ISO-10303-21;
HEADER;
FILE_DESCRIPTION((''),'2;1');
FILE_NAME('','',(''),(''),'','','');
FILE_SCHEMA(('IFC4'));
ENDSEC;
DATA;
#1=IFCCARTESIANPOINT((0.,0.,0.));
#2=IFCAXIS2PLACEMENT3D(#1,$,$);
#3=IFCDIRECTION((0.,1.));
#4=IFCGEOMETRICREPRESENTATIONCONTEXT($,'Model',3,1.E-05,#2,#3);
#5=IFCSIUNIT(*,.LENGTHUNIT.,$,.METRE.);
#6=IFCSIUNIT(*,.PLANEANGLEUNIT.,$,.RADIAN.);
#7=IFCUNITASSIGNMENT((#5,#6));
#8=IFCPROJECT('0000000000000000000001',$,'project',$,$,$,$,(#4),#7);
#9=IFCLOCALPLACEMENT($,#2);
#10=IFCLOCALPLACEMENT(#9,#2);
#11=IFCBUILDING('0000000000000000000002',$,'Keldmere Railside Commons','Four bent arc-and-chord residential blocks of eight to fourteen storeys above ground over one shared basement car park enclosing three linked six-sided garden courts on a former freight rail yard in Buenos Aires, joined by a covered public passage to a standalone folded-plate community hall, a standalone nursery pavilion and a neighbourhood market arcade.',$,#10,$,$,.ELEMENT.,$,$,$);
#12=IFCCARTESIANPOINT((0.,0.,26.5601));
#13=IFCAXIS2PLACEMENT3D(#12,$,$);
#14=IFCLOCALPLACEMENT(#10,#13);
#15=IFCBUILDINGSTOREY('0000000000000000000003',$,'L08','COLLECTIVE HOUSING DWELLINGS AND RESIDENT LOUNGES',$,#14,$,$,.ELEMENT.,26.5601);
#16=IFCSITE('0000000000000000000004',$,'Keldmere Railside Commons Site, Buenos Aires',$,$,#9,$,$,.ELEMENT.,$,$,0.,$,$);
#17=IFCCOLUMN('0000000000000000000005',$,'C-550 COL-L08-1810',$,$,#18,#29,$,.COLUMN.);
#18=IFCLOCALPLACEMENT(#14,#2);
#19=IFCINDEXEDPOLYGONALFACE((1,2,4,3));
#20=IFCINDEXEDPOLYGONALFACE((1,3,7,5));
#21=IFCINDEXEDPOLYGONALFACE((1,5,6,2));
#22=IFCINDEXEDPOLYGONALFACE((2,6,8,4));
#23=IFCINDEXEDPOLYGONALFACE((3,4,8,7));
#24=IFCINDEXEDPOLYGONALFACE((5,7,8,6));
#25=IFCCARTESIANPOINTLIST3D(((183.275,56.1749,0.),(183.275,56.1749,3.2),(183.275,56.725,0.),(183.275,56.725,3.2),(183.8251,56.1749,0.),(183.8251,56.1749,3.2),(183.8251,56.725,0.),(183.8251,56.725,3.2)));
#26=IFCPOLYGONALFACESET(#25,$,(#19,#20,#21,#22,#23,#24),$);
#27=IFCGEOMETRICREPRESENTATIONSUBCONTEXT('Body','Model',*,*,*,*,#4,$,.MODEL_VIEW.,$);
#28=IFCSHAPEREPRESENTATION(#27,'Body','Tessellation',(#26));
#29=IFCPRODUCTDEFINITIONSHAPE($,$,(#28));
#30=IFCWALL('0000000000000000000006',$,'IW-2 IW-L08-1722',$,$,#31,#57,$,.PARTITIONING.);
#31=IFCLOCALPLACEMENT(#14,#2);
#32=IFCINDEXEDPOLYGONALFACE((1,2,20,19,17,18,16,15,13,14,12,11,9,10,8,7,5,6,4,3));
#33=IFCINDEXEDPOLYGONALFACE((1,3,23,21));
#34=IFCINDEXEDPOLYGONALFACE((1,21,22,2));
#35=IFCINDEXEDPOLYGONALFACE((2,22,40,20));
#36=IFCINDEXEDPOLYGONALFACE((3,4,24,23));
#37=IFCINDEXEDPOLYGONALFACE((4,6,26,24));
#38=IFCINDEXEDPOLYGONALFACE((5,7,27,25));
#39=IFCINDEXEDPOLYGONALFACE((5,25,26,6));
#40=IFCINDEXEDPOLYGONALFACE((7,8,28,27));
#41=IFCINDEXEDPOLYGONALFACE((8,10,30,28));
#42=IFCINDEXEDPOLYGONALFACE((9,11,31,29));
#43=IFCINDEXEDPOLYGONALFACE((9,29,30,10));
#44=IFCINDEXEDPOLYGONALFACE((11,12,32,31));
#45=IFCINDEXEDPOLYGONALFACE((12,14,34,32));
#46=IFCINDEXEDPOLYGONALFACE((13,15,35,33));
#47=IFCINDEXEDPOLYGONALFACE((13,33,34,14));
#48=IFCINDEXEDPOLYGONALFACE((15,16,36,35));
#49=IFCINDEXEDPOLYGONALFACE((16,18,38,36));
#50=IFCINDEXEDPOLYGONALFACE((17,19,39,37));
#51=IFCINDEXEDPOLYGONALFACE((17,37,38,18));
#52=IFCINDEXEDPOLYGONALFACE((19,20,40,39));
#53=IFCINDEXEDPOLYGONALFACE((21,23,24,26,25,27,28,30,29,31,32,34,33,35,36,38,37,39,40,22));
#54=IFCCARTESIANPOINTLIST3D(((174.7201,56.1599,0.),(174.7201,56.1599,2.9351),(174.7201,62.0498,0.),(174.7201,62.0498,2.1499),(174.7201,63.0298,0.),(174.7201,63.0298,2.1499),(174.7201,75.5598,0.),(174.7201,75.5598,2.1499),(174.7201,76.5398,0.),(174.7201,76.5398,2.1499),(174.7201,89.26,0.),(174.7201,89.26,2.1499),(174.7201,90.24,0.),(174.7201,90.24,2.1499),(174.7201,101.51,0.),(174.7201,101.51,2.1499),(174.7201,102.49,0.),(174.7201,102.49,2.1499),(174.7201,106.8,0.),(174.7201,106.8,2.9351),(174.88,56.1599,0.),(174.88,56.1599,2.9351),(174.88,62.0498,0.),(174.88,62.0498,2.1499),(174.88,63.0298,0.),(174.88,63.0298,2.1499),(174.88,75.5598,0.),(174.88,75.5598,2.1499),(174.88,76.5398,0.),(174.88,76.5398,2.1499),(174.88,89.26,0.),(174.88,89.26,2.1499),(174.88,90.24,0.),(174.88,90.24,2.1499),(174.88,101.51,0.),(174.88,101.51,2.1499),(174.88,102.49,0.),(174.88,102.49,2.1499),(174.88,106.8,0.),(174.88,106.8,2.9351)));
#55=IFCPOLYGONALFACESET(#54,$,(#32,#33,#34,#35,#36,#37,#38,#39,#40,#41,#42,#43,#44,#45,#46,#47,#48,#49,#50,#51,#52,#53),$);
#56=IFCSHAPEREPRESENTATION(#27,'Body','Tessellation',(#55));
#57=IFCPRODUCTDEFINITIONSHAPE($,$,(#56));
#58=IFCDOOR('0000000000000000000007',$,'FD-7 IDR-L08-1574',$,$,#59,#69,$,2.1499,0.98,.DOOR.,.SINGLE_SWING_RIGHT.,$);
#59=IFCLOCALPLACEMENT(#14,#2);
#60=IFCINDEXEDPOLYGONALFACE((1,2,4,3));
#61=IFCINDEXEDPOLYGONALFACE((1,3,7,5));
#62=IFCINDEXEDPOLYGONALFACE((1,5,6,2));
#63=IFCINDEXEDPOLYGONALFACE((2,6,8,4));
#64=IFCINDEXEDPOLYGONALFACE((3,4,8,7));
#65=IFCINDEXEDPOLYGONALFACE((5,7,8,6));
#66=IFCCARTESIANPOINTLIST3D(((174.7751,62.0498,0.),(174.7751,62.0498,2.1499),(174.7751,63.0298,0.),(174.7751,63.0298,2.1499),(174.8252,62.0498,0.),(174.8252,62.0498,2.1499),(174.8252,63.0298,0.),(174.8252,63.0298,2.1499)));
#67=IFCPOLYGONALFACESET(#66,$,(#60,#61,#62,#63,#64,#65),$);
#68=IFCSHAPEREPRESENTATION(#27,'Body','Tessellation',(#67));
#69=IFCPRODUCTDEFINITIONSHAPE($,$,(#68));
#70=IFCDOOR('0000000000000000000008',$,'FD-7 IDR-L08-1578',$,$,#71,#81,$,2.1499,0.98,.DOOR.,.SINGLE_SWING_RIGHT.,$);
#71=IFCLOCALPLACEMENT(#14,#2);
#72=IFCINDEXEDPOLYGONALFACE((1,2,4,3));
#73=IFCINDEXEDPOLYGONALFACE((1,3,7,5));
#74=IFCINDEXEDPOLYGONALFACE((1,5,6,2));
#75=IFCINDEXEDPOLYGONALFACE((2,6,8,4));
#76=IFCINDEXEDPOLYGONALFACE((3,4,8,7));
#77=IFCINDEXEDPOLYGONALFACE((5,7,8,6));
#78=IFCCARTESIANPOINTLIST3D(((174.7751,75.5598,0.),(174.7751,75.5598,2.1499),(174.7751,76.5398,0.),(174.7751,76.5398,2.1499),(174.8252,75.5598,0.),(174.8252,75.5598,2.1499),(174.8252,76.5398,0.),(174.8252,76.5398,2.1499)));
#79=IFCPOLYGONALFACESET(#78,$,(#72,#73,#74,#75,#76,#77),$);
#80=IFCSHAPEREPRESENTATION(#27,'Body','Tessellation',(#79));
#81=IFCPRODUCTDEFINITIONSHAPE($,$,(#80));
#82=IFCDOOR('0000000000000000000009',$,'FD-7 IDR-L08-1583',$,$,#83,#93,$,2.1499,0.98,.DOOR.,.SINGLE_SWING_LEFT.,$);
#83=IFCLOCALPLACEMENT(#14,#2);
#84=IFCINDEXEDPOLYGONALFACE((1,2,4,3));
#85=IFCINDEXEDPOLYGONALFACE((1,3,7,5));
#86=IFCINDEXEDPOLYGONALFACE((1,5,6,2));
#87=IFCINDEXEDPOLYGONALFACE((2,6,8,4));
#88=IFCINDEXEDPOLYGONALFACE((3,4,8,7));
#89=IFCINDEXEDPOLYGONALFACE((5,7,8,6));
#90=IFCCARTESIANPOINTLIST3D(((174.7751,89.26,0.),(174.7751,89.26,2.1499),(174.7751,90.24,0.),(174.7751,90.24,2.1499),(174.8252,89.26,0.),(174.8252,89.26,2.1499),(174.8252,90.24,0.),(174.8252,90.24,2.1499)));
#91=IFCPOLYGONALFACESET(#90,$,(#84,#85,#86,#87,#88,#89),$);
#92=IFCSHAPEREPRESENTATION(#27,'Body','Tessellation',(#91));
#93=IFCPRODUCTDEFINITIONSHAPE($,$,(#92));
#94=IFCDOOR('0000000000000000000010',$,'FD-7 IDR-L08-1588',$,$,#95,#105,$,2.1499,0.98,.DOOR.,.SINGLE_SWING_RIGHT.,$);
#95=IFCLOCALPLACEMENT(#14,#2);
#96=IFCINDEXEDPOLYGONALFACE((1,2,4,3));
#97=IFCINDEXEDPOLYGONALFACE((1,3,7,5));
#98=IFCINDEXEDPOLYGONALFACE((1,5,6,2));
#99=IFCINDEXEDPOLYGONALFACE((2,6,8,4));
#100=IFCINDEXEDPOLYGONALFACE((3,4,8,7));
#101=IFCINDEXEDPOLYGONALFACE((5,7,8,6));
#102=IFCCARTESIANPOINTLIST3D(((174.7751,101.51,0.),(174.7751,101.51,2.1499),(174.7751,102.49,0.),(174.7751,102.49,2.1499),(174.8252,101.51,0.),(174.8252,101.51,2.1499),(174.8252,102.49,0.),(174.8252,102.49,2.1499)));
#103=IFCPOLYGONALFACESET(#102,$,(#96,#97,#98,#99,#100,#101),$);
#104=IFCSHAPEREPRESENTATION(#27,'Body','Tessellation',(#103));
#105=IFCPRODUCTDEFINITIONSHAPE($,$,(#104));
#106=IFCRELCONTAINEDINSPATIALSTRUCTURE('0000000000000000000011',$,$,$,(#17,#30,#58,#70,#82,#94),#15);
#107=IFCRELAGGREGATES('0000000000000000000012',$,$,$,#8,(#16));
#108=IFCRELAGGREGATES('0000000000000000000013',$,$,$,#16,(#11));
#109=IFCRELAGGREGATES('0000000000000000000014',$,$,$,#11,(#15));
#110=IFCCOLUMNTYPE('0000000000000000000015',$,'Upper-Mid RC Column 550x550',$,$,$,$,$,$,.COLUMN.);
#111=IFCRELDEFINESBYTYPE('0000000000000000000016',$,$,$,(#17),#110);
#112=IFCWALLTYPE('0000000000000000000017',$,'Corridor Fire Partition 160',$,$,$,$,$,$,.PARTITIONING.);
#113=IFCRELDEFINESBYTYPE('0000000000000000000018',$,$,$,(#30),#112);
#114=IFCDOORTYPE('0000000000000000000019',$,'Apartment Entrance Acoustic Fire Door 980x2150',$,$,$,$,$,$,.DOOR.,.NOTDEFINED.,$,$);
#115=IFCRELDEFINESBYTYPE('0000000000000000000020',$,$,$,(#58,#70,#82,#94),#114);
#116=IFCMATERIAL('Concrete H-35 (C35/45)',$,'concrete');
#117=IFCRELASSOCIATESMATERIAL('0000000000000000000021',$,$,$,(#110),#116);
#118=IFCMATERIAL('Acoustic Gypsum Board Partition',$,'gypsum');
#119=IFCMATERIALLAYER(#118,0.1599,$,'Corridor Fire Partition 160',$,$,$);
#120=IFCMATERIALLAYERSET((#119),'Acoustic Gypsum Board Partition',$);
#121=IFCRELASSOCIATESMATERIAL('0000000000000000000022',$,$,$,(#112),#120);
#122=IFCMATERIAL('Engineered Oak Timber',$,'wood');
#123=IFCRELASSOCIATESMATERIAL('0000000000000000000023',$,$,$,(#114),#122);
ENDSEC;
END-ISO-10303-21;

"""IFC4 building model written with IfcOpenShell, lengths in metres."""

from ifc_helpers import new_model, si_unit, direction, frame, frame_2d, origin, origin_2d, place, context, subcontext, project, spatial, rectangle, extrude, material, layer, layer_set, material_profile, profile_set, type_object, element, fill, save


model = new_model("IFC4")

# Units and contexts
model_context = context("Model", 3, precision=1e-05, world=origin(), true_north=direction((0.0, 1.0)))
body_context = subcontext(model_context, "Body", "Model", "MODEL_VIEW")
ifc_project = project(units=[si_unit("LENGTHUNIT", "METRE"), si_unit("PLANEANGLEUNIT", "RADIAN")], contexts=[model_context])

# Site, building, storey
site_placement = place(None, origin())
site = spatial("IfcSite", under=ifc_project, at=site_placement, Name="Keldmere Railside Commons Site, Buenos Aires", CompositionType="ELEMENT", RefElevation=0.0)
building_placement = place(site_placement, origin())
building = spatial("IfcBuilding", under=site, at=building_placement, Name="Keldmere Railside Commons", Description="Four bent arc-and-chord residential blocks of eight to fourteen storeys above ground over one shared basement car park enclosing three linked six-sided garden courts on a former freight rail yard in Buenos Aires, joined by a covered public passage to a standalone folded-plate community hall, a standalone nursery pavilion and a neighbourhood market arcade.", CompositionType="ELEMENT")
storey_placement = place(building_placement, frame((0.0, 0.0, 26.5601)))
storey = spatial("IfcBuildingStorey", under=building, at=storey_placement, Name="L08", Description="COLLECTIVE HOUSING DWELLINGS AND RESIDENT LOUNGES", CompositionType="ELEMENT", Elevation=26.5601)

# Column
ifc_material_1 = material(Name="Concrete H-35 (C35/45)", Category="concrete")
ifc_material_profile = material_profile(ifc_material_1, rectangle(XDim=0.55, YDim=0.55, at=origin_2d()), Name="RC-550x550")
ifc_profile_set = profile_set([ifc_material_profile], Name="Concrete H-35 (C35/45)")
column_type = type_object("IfcColumnType", Name="Upper-Mid RC Column 550x550", PredefinedType="COLUMN", material=ifc_profile_set)
column_placement = place(storey_placement, frame((183.55, 56.45, 0.0), z_axis=(0.0, 0.0, 1.0), x_axis=(1.0, 0.0, 0.0)))
element("IfcColumn", 1, at=column_placement, inside=storey, type_object=column_type, Name="C-550 COL-L08-1810", PredefinedType="COLUMN", context=body_context, shape_type="SweptSolid", body=[
    extrude(rectangle(XDim=0.55, YDim=0.55, at=origin_2d()), origin(), (0.0, 0.0, 1.0), 3.2),
])

# Wall, openings, doors
ifc_material_2 = material(Name="Acoustic Gypsum Board Partition", Category="gypsum")
ifc_layer = layer(ifc_material_2, 0.1599, Name="Corridor Fire Partition 160")
ifc_layer_set = layer_set([ifc_layer], Name="Acoustic Gypsum Board Partition")
wall_type = type_object("IfcWallType", Name="Corridor Fire Partition 160", PredefinedType="PARTITIONING", material=ifc_layer_set)
wall_1_placement = place(storey_placement, frame((174.8, 56.1599, 0.0), z_axis=(0.0, 0.0, 1.0), x_axis=(0.0, 1.0, 0.0)))
wall_1 = element("IfcWall", 2, at=wall_1_placement, inside=storey, type_object=wall_type, Name="IW-2 IW-L08-1722", PredefinedType="PARTITIONING", context=body_context, shape_type="SweptSolid", body=[
    extrude(rectangle(XDim=50.6401, YDim=0.1599, at=frame_2d((25.3201, 0.0))), origin(), (0.0, 0.0, 1.0), 2.9351),
])
opening_1_placement = place(wall_1_placement, frame((5.8899, 0.0, 0.0)))
opening_1 = element("IfcOpeningElement", 3, at=opening_1_placement, cuts=wall_1, PredefinedType="OPENING", context=body_context, shape_type="SweptSolid", body=[
    extrude(rectangle(XDim=0.98, YDim=2.1499, at=frame_2d((0.49, 1.075))), frame((0.0, 0.0898, 0.0), z_axis=(0.0, -1.0, 0.0), x_axis=(1.0, 0.0, 0.0)), (0.0, 0.0, 1.0), 0.1799),
])
opening_2_placement = place(wall_1_placement, frame((19.3999, 0.0, 0.0)))
opening_2 = element("IfcOpeningElement", 4, at=opening_2_placement, cuts=wall_1, PredefinedType="OPENING", context=body_context, shape_type="SweptSolid", body=[
    extrude(rectangle(XDim=0.98, YDim=2.1499, at=frame_2d((0.49, 1.075))), frame((0.0, 0.0898, 0.0), z_axis=(0.0, -1.0, 0.0), x_axis=(1.0, 0.0, 0.0)), (0.0, 0.0, 1.0), 0.1799),
])
opening_3_placement = place(wall_1_placement, frame((33.1001, 0.0, 0.0)))
opening_3 = element("IfcOpeningElement", 5, at=opening_3_placement, cuts=wall_1, PredefinedType="OPENING", context=body_context, shape_type="SweptSolid", body=[
    extrude(rectangle(XDim=0.98, YDim=2.1499, at=frame_2d((0.49, 1.075))), frame((0.0, 0.0898, 0.0), z_axis=(0.0, -1.0, 0.0), x_axis=(1.0, 0.0, 0.0)), (0.0, 0.0, 1.0), 0.1799),
])
opening_4_placement = place(wall_1_placement, frame((45.3501, 0.0, 0.0)))
opening_4 = element("IfcOpeningElement", 6, at=opening_4_placement, cuts=wall_1, PredefinedType="OPENING", context=body_context, shape_type="SweptSolid", body=[
    extrude(rectangle(XDim=0.98, YDim=2.1499, at=frame_2d((0.49, 1.075))), frame((0.0, 0.0898, 0.0), z_axis=(0.0, -1.0, 0.0), x_axis=(1.0, 0.0, 0.0)), (0.0, 0.0, 1.0), 0.1799),
])
ifc_material_3 = material(Name="Engineered Oak Timber", Category="wood")
door_type_1 = type_object("IfcDoorType", Name="Apartment Entrance Acoustic Fire Door 980x2150", OperationType="NOTDEFINED", PredefinedType="DOOR", material=ifc_material_3)
door_1_placement = place(opening_1_placement, origin())
door_1 = element("IfcDoor", 7, at=door_1_placement, inside=storey, type_object=door_type_1, Name="FD-7 IDR-L08-1574", OperationType="SINGLE_SWING_RIGHT", OverallHeight=2.1499, OverallWidth=0.98, PredefinedType="DOOR", context=body_context, shape_type="SweptSolid", body=[
    extrude(rectangle(XDim=0.98, YDim=2.1499, at=frame_2d((0.49, 1.075))), frame((0.0, 0.0249, 0.0), z_axis=(0.0, -1.0, 0.0), x_axis=(1.0, 0.0, 0.0)), (0.0, 0.0, 1.0), 0.05),
])
fill(opening_1, door_1)
door_2_placement = place(opening_2_placement, origin())
door_2 = element("IfcDoor", 8, at=door_2_placement, inside=storey, type_object=door_type_1, Name="FD-7 IDR-L08-1578", OperationType="SINGLE_SWING_RIGHT", OverallHeight=2.1499, OverallWidth=0.98, PredefinedType="DOOR", context=body_context, shape_type="SweptSolid", body=[
    extrude(rectangle(XDim=0.98, YDim=2.1499, at=frame_2d((0.49, 1.075))), frame((0.0, 0.0249, 0.0), z_axis=(0.0, -1.0, 0.0), x_axis=(1.0, 0.0, 0.0)), (0.0, 0.0, 1.0), 0.05),
])
fill(opening_2, door_2)
door_3_placement = place(opening_3_placement, origin())
door_3 = element("IfcDoor", 9, at=door_3_placement, inside=storey, type_object=door_type_1, Name="FD-7 IDR-L08-1583", OperationType="SINGLE_SWING_LEFT", OverallHeight=2.1499, OverallWidth=0.98, PredefinedType="DOOR", context=body_context, shape_type="SweptSolid", body=[
    extrude(rectangle(XDim=0.98, YDim=2.1499, at=frame_2d((0.49, 1.075))), frame((0.0, 0.0249, 0.0), z_axis=(0.0, -1.0, 0.0), x_axis=(1.0, 0.0, 0.0)), (0.0, 0.0, 1.0), 0.05),
])
fill(opening_3, door_3)
door_4_placement = place(opening_4_placement, origin())
door_4 = element("IfcDoor", 10, at=door_4_placement, inside=storey, type_object=door_type_1, Name="FD-7 IDR-L08-1588", OperationType="SINGLE_SWING_RIGHT", OverallHeight=2.1499, OverallWidth=0.98, PredefinedType="DOOR", context=body_context, shape_type="SweptSolid", body=[
    extrude(rectangle(XDim=0.98, YDim=2.1499, at=frame_2d((0.49, 1.075))), frame((0.0, 0.0249, 0.0), z_axis=(0.0, -1.0, 0.0), x_axis=(1.0, 0.0, 0.0)), (0.0, 0.0, 1.0), 0.05),
])
fill(opening_4, door_4)

save(model, "model.ifc")
